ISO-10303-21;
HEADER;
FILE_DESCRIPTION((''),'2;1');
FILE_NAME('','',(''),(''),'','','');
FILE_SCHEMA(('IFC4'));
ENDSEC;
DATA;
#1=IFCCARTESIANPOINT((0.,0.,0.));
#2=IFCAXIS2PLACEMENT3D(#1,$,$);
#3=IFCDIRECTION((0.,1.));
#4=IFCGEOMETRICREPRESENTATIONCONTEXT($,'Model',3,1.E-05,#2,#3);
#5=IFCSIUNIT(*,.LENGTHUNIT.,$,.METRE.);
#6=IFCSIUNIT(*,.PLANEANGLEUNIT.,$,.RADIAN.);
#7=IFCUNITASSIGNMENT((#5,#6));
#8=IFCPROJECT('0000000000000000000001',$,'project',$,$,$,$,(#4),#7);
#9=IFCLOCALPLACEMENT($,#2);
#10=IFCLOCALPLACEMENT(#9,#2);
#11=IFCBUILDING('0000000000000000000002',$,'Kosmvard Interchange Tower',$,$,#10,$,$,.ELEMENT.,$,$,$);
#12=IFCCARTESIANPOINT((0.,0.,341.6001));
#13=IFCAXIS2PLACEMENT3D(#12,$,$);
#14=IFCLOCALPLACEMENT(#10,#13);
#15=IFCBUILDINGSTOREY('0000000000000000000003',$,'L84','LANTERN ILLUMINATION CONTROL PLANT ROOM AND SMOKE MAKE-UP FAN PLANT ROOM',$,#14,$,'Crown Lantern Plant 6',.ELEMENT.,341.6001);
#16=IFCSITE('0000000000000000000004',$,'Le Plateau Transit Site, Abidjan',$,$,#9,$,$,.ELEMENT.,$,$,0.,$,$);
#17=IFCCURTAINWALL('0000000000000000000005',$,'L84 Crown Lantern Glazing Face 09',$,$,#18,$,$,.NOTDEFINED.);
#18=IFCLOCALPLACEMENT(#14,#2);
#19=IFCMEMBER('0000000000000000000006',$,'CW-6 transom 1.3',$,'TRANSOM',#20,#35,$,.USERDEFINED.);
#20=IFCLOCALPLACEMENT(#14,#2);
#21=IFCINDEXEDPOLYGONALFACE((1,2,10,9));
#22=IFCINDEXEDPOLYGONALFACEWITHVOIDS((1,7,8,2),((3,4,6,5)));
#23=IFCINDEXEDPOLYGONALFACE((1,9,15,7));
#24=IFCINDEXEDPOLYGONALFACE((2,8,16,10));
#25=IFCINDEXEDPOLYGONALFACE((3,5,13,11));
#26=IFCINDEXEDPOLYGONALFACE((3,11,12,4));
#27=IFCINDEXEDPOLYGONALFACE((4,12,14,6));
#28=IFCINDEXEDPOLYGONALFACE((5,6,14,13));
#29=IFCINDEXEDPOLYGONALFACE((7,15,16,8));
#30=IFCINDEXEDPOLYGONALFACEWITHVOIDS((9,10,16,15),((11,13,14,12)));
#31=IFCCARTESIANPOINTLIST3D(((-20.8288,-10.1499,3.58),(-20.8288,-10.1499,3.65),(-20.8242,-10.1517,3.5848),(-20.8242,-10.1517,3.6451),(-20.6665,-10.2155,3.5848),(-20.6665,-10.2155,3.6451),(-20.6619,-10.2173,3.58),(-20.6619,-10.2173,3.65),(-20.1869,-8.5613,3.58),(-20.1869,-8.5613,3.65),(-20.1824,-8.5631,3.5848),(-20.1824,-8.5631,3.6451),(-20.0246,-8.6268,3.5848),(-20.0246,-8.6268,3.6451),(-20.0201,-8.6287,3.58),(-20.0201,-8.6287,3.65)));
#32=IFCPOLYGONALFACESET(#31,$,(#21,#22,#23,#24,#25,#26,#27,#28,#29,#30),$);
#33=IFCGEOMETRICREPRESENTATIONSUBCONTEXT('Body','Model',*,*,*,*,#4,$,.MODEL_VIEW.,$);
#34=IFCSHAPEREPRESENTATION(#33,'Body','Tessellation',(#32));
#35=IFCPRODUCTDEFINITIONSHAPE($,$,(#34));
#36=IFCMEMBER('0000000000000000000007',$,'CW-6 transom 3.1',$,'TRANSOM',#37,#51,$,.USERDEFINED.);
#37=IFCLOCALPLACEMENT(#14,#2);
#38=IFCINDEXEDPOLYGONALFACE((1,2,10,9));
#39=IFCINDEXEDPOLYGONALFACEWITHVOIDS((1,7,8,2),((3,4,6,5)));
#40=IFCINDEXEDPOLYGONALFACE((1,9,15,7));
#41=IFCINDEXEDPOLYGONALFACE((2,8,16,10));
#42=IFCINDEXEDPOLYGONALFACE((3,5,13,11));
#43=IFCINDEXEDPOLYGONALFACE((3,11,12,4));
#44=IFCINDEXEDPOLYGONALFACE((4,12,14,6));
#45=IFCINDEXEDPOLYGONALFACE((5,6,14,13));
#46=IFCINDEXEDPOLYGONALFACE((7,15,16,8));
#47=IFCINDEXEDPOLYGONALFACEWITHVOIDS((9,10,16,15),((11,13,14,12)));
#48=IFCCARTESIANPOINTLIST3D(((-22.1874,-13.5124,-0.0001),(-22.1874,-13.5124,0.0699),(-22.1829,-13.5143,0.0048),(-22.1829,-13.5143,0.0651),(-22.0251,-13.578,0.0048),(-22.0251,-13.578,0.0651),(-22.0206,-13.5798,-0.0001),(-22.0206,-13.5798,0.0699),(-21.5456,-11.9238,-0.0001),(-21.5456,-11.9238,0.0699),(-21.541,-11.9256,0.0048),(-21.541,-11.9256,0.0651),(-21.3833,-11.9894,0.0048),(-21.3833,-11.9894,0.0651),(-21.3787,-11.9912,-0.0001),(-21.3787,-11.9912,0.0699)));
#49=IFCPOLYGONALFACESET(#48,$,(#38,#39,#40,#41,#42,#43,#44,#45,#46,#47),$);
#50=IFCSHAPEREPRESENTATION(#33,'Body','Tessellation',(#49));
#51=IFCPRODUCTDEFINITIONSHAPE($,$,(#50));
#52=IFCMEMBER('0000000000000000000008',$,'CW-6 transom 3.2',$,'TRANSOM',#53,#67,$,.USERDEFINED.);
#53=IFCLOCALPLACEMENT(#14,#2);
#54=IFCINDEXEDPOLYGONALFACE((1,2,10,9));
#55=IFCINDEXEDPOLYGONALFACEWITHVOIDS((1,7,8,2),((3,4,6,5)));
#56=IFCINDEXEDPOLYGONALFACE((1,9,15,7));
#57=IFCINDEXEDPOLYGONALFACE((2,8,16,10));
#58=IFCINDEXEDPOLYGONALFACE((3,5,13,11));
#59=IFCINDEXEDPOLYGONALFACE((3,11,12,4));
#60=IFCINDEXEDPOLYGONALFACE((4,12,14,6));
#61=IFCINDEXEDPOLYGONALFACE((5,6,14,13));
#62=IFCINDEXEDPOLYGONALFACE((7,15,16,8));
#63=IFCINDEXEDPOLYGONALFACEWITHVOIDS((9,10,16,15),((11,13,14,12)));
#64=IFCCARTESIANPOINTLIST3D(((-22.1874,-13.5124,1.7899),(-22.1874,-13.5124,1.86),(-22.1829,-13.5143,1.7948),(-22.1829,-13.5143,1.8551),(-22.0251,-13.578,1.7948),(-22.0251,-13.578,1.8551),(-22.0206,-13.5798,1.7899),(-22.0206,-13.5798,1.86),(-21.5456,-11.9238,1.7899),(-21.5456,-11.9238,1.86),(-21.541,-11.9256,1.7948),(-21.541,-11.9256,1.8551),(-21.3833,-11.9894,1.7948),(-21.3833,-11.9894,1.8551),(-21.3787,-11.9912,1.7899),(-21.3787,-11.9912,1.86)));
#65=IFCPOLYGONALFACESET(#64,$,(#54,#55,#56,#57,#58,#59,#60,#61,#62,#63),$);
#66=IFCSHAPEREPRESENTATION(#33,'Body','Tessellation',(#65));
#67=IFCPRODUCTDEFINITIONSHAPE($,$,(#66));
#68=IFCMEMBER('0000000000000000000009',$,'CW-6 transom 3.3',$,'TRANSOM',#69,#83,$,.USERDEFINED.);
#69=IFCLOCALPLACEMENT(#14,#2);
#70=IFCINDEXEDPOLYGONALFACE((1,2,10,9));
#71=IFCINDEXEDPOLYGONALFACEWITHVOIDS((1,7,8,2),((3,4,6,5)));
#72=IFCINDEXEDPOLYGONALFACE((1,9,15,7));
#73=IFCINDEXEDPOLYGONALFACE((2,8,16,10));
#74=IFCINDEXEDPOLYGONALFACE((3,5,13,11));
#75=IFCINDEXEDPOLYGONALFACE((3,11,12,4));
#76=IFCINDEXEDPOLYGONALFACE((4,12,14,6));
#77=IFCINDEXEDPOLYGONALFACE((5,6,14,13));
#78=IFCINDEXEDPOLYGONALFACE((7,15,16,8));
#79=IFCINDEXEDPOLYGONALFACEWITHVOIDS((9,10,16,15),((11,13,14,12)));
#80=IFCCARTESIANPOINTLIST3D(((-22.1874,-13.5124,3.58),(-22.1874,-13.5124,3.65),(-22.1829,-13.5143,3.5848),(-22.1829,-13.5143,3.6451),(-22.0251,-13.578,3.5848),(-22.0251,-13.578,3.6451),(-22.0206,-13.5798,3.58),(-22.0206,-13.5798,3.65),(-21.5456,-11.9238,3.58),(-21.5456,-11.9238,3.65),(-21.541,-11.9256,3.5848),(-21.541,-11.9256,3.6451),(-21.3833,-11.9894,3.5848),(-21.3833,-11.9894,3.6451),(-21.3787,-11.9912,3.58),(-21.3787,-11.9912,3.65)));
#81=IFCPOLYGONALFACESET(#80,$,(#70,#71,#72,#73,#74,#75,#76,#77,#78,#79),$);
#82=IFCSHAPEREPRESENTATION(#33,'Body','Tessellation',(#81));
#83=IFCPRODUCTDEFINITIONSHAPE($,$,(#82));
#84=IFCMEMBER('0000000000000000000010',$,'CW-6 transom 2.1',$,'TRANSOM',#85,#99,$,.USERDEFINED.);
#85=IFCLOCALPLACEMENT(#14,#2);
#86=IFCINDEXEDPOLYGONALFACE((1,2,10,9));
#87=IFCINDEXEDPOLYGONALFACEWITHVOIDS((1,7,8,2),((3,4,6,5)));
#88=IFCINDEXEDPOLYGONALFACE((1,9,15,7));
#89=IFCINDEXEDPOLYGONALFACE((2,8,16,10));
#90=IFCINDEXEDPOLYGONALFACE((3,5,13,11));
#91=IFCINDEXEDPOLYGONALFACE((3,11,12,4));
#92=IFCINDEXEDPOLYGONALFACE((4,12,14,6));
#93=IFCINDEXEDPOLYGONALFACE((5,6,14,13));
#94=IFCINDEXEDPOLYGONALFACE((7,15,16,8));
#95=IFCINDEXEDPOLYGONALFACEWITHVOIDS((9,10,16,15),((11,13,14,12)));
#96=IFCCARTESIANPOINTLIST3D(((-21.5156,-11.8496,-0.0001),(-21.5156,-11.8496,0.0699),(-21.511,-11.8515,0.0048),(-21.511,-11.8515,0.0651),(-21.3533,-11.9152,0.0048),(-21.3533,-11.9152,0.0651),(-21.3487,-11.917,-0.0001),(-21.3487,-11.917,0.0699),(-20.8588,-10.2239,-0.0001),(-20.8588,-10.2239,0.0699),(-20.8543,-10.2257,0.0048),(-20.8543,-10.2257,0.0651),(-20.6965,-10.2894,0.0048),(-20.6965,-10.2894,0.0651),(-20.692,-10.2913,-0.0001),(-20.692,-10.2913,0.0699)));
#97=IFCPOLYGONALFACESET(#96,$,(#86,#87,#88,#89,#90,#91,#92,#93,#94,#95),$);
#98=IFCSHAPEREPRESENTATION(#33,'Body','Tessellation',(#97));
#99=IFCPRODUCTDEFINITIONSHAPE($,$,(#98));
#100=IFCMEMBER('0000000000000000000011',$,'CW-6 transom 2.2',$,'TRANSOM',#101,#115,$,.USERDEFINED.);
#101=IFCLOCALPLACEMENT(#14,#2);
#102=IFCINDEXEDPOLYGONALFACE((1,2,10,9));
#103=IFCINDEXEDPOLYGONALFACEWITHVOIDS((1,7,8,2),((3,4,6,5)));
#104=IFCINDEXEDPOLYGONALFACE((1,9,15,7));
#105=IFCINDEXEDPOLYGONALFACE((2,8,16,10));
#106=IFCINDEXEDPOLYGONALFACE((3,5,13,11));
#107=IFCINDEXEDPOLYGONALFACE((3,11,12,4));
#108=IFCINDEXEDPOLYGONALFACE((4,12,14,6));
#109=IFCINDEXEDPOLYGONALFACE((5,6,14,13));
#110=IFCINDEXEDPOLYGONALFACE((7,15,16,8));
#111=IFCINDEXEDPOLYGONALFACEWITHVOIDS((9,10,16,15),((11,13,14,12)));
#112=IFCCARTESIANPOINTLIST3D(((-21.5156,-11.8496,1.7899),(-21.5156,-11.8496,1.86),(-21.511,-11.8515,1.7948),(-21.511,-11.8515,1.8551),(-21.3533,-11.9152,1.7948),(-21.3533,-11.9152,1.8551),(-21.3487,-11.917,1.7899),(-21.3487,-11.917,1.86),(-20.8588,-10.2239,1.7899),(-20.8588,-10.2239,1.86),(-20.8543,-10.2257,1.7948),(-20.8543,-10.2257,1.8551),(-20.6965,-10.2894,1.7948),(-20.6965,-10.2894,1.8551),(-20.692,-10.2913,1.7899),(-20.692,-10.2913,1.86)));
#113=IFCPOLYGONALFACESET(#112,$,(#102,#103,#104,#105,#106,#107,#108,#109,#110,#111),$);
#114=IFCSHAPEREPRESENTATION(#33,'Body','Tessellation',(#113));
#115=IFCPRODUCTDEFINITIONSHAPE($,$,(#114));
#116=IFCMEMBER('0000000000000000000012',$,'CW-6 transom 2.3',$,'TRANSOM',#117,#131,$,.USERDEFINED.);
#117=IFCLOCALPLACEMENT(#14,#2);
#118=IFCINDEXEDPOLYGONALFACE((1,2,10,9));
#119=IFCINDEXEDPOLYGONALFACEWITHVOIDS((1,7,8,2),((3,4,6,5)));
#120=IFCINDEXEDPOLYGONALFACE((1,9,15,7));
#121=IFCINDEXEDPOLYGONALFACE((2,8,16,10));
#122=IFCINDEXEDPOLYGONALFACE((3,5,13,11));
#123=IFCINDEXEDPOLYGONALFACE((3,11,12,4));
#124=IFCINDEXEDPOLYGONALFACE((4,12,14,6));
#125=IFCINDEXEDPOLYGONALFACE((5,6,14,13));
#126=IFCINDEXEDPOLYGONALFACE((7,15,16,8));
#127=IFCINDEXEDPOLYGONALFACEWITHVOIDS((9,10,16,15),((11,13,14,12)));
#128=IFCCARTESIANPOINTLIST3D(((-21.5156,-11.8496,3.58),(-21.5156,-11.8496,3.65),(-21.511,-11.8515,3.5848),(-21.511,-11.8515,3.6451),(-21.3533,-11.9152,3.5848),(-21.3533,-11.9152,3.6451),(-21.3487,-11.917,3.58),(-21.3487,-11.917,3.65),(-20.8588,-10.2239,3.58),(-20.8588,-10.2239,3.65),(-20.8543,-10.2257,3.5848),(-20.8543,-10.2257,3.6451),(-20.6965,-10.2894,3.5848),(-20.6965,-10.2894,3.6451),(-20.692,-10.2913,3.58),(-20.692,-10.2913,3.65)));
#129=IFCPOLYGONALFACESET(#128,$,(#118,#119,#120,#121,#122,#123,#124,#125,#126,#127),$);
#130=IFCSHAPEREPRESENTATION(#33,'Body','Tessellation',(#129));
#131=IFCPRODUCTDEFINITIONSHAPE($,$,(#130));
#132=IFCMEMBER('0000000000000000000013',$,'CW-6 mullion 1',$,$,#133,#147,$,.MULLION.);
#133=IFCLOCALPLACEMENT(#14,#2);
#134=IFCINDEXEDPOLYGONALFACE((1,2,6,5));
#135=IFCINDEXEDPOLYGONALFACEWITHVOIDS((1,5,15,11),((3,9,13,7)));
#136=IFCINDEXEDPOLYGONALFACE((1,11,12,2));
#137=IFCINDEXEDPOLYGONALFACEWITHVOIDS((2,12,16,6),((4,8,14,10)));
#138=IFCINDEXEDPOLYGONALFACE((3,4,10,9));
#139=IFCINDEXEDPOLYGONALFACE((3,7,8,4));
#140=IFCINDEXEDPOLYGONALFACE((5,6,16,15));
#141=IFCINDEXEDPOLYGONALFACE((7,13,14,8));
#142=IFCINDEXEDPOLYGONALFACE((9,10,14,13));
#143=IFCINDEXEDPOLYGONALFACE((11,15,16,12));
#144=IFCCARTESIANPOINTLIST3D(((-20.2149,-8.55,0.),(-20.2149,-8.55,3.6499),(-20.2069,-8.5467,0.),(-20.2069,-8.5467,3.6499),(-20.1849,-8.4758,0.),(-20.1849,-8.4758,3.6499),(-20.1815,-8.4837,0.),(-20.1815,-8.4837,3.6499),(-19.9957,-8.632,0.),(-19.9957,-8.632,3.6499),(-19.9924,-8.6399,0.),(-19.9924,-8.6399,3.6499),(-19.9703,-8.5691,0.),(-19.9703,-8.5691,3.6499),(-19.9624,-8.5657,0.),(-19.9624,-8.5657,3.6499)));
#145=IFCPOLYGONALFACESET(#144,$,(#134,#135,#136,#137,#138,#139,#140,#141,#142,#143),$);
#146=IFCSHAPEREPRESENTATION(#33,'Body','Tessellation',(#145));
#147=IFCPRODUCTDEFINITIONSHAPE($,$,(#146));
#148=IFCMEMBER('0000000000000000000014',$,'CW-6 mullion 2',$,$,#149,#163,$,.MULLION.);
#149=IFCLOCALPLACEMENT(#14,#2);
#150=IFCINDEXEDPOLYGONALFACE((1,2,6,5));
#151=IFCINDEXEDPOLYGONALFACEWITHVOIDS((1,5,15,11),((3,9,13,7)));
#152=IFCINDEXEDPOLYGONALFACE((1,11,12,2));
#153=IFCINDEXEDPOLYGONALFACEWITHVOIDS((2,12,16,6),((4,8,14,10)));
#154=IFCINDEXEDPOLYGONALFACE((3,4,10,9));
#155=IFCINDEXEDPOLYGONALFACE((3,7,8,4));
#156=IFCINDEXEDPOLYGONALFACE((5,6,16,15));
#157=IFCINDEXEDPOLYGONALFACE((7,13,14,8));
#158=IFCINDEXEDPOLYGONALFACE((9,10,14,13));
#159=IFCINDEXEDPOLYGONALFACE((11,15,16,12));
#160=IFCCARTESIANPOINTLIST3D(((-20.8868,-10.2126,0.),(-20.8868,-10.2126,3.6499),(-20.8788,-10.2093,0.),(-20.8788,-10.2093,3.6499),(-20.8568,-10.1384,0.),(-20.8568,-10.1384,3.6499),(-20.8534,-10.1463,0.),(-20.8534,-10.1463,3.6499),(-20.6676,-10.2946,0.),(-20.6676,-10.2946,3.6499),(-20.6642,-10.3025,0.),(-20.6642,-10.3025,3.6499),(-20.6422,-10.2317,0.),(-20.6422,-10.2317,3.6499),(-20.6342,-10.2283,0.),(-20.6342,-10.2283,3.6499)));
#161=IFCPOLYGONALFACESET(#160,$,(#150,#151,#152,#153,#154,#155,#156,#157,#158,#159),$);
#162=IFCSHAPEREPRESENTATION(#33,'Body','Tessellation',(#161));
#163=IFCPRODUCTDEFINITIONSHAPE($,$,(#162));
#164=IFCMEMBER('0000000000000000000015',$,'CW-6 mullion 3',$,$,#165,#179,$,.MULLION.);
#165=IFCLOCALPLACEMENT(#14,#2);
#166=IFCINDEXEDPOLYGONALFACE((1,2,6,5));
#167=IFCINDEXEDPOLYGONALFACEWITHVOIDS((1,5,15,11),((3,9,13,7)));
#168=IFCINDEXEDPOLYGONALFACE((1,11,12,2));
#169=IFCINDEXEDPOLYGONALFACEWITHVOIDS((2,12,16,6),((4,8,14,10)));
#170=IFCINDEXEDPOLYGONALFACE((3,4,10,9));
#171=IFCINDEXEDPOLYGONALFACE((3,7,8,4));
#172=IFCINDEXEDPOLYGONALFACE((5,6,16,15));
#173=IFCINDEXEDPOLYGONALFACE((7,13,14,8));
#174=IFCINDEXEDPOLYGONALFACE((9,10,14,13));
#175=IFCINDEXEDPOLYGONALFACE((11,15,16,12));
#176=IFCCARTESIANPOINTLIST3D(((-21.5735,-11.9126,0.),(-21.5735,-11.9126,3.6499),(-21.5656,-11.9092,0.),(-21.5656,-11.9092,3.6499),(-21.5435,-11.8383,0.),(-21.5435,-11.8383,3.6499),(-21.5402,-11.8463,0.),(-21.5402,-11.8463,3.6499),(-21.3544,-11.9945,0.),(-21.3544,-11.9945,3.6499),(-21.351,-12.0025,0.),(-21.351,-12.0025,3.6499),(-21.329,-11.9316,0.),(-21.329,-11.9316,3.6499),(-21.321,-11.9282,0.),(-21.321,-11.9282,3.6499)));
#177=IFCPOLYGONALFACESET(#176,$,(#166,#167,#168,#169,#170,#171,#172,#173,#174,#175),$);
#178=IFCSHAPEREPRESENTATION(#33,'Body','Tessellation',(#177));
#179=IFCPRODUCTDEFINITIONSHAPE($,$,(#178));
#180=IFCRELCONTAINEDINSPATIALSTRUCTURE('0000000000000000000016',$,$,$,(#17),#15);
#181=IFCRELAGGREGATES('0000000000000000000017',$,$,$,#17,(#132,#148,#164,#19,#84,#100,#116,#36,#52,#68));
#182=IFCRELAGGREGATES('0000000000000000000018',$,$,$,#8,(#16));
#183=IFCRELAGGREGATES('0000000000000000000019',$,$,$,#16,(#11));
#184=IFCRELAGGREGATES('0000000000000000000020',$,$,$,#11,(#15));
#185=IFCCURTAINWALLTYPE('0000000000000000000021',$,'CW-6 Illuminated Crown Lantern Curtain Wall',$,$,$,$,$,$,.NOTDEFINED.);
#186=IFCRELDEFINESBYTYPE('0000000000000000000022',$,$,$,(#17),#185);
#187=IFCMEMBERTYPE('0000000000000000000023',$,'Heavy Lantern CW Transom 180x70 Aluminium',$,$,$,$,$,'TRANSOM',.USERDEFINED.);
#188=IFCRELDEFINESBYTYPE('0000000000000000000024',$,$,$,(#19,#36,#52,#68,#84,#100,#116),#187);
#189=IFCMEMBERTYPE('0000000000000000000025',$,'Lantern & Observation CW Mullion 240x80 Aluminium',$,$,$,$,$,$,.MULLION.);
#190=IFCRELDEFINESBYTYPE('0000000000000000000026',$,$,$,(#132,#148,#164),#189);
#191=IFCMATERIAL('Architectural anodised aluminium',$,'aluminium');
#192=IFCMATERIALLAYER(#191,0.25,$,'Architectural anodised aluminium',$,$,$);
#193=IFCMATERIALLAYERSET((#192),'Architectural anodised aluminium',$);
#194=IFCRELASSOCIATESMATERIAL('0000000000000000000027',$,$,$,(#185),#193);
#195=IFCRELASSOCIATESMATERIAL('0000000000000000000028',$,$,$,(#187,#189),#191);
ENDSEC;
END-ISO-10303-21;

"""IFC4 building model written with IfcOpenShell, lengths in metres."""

from ifc_helpers import new_model, si_unit, direction, frame, origin, origin_2d, place, context, subcontext, project, spatial, hollow_rectangle, extrude, source, transform, mapped, material, layer, layer_set, material_profile, profile_set, type_object, element, aggregate, save


model = new_model("IFC4")

# Units and contexts
model_context = context("Model", 3, precision=1e-05, world=origin(), true_north=direction((0.0, 1.0)))
body_context = subcontext(model_context, "Body", "Model", "MODEL_VIEW")
ifc_project = project(units=[si_unit("LENGTHUNIT", "METRE"), si_unit("PLANEANGLEUNIT", "RADIAN")], contexts=[model_context])

# Site, building, storey
site_placement = place(None, origin())
site = spatial("IfcSite", under=ifc_project, at=site_placement, Name="Le Plateau Transit Site, Abidjan", CompositionType="ELEMENT", RefElevation=0.0)
building_placement = place(site_placement, origin())
building = spatial("IfcBuilding", under=site, at=building_placement, Name="Kosmvard Interchange Tower", CompositionType="ELEMENT")
storey_placement = place(building_placement, frame((0.0, 0.0, 341.6001)))
storey = spatial("IfcBuildingStorey", under=building, at=storey_placement, Name="L84", Description="LANTERN ILLUMINATION CONTROL PLANT ROOM AND SMOKE MAKE-UP FAN PLANT ROOM", LongName="Crown Lantern Plant 6", CompositionType="ELEMENT", Elevation=341.6001)

# Curtain wall, members
ifc_material_1 = material(Name="Architectural anodised aluminium", Category="aluminium")
ifc_layer_1 = layer(ifc_material_1, 0.25, Name="Architectural anodised aluminium")
ifc_layer_set_1 = layer_set([ifc_layer_1], Name="Architectural anodised aluminium")
curtain_wall_type = type_object("IfcCurtainWallType", Name="CW-6 Illuminated Crown Lantern Curtain Wall", PredefinedType="NOTDEFINED", material=ifc_layer_set_1)
curtain_wall_placement = place(storey_placement, origin())
curtain_wall = element("IfcCurtainWall", 1, at=curtain_wall_placement, inside=storey, type_object=curtain_wall_type, Name="L84 Crown Lantern Glazing Face 09", PredefinedType="NOTDEFINED")
ifc_material_profile_1 = material_profile(ifc_material_1, hollow_rectangle(XDim=0.1799, YDim=0.0701, WallThickness=0.0049, at=origin_2d()), Name="CWT 180x70x5")
ifc_profile_set_1 = profile_set([ifc_material_profile_1], Name="Architectural anodised aluminium")
member_type_1 = type_object("IfcMemberType", Name="Heavy Lantern CW Transom 180x70 Aluminium", ElementType="TRANSOM", PredefinedType="USERDEFINED", material=ifc_profile_set_1)
shared_shape_1 = source(origin(), body_context, "Body", "SweptSolid", [
    extrude(hollow_rectangle(XDim=0.1799, YDim=0.0701, WallThickness=0.0049, at=origin_2d()), origin(), (0.0, 0.0, 1.0), 1.7134),
])
member_1_placement = place(storey_placement, frame((-20.1035, -8.595, 3.615), z_axis=(-0.374607, -0.927184, 0.0), x_axis=(0.927184, -0.374607, 0.0)))
member_1 = element("IfcMember", 2, at=member_1_placement, type_object=member_type_1, Name="CW-6 transom 1.3", ObjectType="TRANSOM", PredefinedType="USERDEFINED", context=body_context, shape_type="MappedRepresentation", body=[
    mapped(shared_shape_1, transform((0.0, 0.0, 0.0), scale=1.0)),
])
member_2_placement = place(storey_placement, frame((-21.4622, -11.9575, 0.0349), z_axis=(-0.374607, -0.927184, 0.0), x_axis=(0.927184, -0.374607, 0.0)))
member_2 = element("IfcMember", 3, at=member_2_placement, type_object=member_type_1, Name="CW-6 transom 3.1", ObjectType="TRANSOM", PredefinedType="USERDEFINED", context=body_context, shape_type="MappedRepresentation", body=[
    mapped(shared_shape_1, transform((0.0, 0.0, 0.0), scale=1.0)),
])
member_3_placement = place(storey_placement, frame((-21.4622, -11.9575, 1.825), z_axis=(-0.374607, -0.927184, 0.0), x_axis=(0.927184, -0.374607, 0.0)))
member_3 = element("IfcMember", 4, at=member_3_placement, type_object=member_type_1, Name="CW-6 transom 3.2", ObjectType="TRANSOM", PredefinedType="USERDEFINED", context=body_context, shape_type="MappedRepresentation", body=[
    mapped(shared_shape_1, transform((0.0, 0.0, 0.0), scale=1.0)),
])
member_4_placement = place(storey_placement, frame((-21.4622, -11.9575, 3.615), z_axis=(-0.374607, -0.927184, 0.0), x_axis=(0.927184, -0.374607, 0.0)))
member_4 = element("IfcMember", 5, at=member_4_placement, type_object=member_type_1, Name="CW-6 transom 3.3", ObjectType="TRANSOM", PredefinedType="USERDEFINED", context=body_context, shape_type="MappedRepresentation", body=[
    mapped(shared_shape_1, transform((0.0, 0.0, 0.0), scale=1.0)),
])
shared_shape_2 = source(origin(), body_context, "Body", "SweptSolid", [
    extrude(hollow_rectangle(XDim=0.1799, YDim=0.0701, WallThickness=0.0049, at=origin_2d()), origin(), (0.0, 0.0, 1.0), 1.7534),
])
member_5_placement = place(storey_placement, frame((-20.7754, -10.2576, 0.0349), z_axis=(-0.374557, -0.927204, 0.0), x_axis=(0.927204, -0.374557, 0.0)))
member_5 = element("IfcMember", 6, at=member_5_placement, type_object=member_type_1, Name="CW-6 transom 2.1", ObjectType="TRANSOM", PredefinedType="USERDEFINED", context=body_context, shape_type="MappedRepresentation", body=[
    mapped(shared_shape_2, transform((0.0, 0.0, 0.0), scale=1.0)),
])
member_6_placement = place(storey_placement, frame((-20.7754, -10.2576, 1.825), z_axis=(-0.374557, -0.927204, 0.0), x_axis=(0.927204, -0.374557, 0.0)))
member_6 = element("IfcMember", 7, at=member_6_placement, type_object=member_type_1, Name="CW-6 transom 2.2", ObjectType="TRANSOM", PredefinedType="USERDEFINED", context=body_context, shape_type="MappedRepresentation", body=[
    mapped(shared_shape_2, transform((0.0, 0.0, 0.0), scale=1.0)),
])
member_7_placement = place(storey_placement, frame((-20.7754, -10.2576, 3.615), z_axis=(-0.374557, -0.927204, 0.0), x_axis=(0.927204, -0.374557, 0.0)))
member_7 = element("IfcMember", 8, at=member_7_placement, type_object=member_type_1, Name="CW-6 transom 2.3", ObjectType="TRANSOM", PredefinedType="USERDEFINED", context=body_context, shape_type="MappedRepresentation", body=[
    mapped(shared_shape_2, transform((0.0, 0.0, 0.0), scale=1.0)),
])
ifc_material_profile_2 = material_profile(ifc_material_1, hollow_rectangle(XDim=0.24, YDim=0.0801, WallThickness=0.0061, at=origin_2d()), Name="CWM 240x80x6")
ifc_profile_set_2 = profile_set([ifc_material_profile_2], Name="Architectural anodised aluminium")
member_type_2 = type_object("IfcMemberType", Name="Lantern & Observation CW Mullion 240x80 Aluminium", PredefinedType="MULLION", material=ifc_profile_set_2)
shared_shape_3 = source(origin(), body_context, "Body", "SweptSolid", [
    extrude(hollow_rectangle(XDim=0.24, YDim=0.0801, WallThickness=0.0061, at=origin_2d()), origin(), (0.0, 0.0, 1.0), 3.6499),
])
member_8_placement = place(storey_placement, frame((-20.0886, -8.5579, 0.0), z_axis=(0.0, 0.0, 1.0), x_axis=(0.927184, -0.374607, 0.0)))
member_8 = element("IfcMember", 9, at=member_8_placement, type_object=member_type_2, Name="CW-6 mullion 1", PredefinedType="MULLION", context=body_context, shape_type="MappedRepresentation", body=[
    mapped(shared_shape_3, transform((0.0, 0.0, 0.0), scale=1.0)),
])
member_9_placement = place(storey_placement, frame((-20.7605, -10.2205, 0.0), z_axis=(0.0, 0.0, 1.0), x_axis=(0.927184, -0.374607, 0.0)))
member_9 = element("IfcMember", 10, at=member_9_placement, type_object=member_type_2, Name="CW-6 mullion 2", PredefinedType="MULLION", context=body_context, shape_type="MappedRepresentation", body=[
    mapped(shared_shape_3, transform((0.0, 0.0, 0.0), scale=1.0)),
])
member_10_placement = place(storey_placement, frame((-21.4473, -11.9204, 0.0), z_axis=(0.0, 0.0, 1.0), x_axis=(0.927184, -0.374607, 0.0)))
member_10 = element("IfcMember", 11, at=member_10_placement, type_object=member_type_2, Name="CW-6 mullion 3", PredefinedType="MULLION", context=body_context, shape_type="MappedRepresentation", body=[
    mapped(shared_shape_3, transform((0.0, 0.0, 0.0), scale=1.0)),
])

aggregate(curtain_wall, [member_8, member_9, member_10, member_1, member_5, member_6, member_7, member_2, member_3, member_4])

save(model, "model.ifc")
